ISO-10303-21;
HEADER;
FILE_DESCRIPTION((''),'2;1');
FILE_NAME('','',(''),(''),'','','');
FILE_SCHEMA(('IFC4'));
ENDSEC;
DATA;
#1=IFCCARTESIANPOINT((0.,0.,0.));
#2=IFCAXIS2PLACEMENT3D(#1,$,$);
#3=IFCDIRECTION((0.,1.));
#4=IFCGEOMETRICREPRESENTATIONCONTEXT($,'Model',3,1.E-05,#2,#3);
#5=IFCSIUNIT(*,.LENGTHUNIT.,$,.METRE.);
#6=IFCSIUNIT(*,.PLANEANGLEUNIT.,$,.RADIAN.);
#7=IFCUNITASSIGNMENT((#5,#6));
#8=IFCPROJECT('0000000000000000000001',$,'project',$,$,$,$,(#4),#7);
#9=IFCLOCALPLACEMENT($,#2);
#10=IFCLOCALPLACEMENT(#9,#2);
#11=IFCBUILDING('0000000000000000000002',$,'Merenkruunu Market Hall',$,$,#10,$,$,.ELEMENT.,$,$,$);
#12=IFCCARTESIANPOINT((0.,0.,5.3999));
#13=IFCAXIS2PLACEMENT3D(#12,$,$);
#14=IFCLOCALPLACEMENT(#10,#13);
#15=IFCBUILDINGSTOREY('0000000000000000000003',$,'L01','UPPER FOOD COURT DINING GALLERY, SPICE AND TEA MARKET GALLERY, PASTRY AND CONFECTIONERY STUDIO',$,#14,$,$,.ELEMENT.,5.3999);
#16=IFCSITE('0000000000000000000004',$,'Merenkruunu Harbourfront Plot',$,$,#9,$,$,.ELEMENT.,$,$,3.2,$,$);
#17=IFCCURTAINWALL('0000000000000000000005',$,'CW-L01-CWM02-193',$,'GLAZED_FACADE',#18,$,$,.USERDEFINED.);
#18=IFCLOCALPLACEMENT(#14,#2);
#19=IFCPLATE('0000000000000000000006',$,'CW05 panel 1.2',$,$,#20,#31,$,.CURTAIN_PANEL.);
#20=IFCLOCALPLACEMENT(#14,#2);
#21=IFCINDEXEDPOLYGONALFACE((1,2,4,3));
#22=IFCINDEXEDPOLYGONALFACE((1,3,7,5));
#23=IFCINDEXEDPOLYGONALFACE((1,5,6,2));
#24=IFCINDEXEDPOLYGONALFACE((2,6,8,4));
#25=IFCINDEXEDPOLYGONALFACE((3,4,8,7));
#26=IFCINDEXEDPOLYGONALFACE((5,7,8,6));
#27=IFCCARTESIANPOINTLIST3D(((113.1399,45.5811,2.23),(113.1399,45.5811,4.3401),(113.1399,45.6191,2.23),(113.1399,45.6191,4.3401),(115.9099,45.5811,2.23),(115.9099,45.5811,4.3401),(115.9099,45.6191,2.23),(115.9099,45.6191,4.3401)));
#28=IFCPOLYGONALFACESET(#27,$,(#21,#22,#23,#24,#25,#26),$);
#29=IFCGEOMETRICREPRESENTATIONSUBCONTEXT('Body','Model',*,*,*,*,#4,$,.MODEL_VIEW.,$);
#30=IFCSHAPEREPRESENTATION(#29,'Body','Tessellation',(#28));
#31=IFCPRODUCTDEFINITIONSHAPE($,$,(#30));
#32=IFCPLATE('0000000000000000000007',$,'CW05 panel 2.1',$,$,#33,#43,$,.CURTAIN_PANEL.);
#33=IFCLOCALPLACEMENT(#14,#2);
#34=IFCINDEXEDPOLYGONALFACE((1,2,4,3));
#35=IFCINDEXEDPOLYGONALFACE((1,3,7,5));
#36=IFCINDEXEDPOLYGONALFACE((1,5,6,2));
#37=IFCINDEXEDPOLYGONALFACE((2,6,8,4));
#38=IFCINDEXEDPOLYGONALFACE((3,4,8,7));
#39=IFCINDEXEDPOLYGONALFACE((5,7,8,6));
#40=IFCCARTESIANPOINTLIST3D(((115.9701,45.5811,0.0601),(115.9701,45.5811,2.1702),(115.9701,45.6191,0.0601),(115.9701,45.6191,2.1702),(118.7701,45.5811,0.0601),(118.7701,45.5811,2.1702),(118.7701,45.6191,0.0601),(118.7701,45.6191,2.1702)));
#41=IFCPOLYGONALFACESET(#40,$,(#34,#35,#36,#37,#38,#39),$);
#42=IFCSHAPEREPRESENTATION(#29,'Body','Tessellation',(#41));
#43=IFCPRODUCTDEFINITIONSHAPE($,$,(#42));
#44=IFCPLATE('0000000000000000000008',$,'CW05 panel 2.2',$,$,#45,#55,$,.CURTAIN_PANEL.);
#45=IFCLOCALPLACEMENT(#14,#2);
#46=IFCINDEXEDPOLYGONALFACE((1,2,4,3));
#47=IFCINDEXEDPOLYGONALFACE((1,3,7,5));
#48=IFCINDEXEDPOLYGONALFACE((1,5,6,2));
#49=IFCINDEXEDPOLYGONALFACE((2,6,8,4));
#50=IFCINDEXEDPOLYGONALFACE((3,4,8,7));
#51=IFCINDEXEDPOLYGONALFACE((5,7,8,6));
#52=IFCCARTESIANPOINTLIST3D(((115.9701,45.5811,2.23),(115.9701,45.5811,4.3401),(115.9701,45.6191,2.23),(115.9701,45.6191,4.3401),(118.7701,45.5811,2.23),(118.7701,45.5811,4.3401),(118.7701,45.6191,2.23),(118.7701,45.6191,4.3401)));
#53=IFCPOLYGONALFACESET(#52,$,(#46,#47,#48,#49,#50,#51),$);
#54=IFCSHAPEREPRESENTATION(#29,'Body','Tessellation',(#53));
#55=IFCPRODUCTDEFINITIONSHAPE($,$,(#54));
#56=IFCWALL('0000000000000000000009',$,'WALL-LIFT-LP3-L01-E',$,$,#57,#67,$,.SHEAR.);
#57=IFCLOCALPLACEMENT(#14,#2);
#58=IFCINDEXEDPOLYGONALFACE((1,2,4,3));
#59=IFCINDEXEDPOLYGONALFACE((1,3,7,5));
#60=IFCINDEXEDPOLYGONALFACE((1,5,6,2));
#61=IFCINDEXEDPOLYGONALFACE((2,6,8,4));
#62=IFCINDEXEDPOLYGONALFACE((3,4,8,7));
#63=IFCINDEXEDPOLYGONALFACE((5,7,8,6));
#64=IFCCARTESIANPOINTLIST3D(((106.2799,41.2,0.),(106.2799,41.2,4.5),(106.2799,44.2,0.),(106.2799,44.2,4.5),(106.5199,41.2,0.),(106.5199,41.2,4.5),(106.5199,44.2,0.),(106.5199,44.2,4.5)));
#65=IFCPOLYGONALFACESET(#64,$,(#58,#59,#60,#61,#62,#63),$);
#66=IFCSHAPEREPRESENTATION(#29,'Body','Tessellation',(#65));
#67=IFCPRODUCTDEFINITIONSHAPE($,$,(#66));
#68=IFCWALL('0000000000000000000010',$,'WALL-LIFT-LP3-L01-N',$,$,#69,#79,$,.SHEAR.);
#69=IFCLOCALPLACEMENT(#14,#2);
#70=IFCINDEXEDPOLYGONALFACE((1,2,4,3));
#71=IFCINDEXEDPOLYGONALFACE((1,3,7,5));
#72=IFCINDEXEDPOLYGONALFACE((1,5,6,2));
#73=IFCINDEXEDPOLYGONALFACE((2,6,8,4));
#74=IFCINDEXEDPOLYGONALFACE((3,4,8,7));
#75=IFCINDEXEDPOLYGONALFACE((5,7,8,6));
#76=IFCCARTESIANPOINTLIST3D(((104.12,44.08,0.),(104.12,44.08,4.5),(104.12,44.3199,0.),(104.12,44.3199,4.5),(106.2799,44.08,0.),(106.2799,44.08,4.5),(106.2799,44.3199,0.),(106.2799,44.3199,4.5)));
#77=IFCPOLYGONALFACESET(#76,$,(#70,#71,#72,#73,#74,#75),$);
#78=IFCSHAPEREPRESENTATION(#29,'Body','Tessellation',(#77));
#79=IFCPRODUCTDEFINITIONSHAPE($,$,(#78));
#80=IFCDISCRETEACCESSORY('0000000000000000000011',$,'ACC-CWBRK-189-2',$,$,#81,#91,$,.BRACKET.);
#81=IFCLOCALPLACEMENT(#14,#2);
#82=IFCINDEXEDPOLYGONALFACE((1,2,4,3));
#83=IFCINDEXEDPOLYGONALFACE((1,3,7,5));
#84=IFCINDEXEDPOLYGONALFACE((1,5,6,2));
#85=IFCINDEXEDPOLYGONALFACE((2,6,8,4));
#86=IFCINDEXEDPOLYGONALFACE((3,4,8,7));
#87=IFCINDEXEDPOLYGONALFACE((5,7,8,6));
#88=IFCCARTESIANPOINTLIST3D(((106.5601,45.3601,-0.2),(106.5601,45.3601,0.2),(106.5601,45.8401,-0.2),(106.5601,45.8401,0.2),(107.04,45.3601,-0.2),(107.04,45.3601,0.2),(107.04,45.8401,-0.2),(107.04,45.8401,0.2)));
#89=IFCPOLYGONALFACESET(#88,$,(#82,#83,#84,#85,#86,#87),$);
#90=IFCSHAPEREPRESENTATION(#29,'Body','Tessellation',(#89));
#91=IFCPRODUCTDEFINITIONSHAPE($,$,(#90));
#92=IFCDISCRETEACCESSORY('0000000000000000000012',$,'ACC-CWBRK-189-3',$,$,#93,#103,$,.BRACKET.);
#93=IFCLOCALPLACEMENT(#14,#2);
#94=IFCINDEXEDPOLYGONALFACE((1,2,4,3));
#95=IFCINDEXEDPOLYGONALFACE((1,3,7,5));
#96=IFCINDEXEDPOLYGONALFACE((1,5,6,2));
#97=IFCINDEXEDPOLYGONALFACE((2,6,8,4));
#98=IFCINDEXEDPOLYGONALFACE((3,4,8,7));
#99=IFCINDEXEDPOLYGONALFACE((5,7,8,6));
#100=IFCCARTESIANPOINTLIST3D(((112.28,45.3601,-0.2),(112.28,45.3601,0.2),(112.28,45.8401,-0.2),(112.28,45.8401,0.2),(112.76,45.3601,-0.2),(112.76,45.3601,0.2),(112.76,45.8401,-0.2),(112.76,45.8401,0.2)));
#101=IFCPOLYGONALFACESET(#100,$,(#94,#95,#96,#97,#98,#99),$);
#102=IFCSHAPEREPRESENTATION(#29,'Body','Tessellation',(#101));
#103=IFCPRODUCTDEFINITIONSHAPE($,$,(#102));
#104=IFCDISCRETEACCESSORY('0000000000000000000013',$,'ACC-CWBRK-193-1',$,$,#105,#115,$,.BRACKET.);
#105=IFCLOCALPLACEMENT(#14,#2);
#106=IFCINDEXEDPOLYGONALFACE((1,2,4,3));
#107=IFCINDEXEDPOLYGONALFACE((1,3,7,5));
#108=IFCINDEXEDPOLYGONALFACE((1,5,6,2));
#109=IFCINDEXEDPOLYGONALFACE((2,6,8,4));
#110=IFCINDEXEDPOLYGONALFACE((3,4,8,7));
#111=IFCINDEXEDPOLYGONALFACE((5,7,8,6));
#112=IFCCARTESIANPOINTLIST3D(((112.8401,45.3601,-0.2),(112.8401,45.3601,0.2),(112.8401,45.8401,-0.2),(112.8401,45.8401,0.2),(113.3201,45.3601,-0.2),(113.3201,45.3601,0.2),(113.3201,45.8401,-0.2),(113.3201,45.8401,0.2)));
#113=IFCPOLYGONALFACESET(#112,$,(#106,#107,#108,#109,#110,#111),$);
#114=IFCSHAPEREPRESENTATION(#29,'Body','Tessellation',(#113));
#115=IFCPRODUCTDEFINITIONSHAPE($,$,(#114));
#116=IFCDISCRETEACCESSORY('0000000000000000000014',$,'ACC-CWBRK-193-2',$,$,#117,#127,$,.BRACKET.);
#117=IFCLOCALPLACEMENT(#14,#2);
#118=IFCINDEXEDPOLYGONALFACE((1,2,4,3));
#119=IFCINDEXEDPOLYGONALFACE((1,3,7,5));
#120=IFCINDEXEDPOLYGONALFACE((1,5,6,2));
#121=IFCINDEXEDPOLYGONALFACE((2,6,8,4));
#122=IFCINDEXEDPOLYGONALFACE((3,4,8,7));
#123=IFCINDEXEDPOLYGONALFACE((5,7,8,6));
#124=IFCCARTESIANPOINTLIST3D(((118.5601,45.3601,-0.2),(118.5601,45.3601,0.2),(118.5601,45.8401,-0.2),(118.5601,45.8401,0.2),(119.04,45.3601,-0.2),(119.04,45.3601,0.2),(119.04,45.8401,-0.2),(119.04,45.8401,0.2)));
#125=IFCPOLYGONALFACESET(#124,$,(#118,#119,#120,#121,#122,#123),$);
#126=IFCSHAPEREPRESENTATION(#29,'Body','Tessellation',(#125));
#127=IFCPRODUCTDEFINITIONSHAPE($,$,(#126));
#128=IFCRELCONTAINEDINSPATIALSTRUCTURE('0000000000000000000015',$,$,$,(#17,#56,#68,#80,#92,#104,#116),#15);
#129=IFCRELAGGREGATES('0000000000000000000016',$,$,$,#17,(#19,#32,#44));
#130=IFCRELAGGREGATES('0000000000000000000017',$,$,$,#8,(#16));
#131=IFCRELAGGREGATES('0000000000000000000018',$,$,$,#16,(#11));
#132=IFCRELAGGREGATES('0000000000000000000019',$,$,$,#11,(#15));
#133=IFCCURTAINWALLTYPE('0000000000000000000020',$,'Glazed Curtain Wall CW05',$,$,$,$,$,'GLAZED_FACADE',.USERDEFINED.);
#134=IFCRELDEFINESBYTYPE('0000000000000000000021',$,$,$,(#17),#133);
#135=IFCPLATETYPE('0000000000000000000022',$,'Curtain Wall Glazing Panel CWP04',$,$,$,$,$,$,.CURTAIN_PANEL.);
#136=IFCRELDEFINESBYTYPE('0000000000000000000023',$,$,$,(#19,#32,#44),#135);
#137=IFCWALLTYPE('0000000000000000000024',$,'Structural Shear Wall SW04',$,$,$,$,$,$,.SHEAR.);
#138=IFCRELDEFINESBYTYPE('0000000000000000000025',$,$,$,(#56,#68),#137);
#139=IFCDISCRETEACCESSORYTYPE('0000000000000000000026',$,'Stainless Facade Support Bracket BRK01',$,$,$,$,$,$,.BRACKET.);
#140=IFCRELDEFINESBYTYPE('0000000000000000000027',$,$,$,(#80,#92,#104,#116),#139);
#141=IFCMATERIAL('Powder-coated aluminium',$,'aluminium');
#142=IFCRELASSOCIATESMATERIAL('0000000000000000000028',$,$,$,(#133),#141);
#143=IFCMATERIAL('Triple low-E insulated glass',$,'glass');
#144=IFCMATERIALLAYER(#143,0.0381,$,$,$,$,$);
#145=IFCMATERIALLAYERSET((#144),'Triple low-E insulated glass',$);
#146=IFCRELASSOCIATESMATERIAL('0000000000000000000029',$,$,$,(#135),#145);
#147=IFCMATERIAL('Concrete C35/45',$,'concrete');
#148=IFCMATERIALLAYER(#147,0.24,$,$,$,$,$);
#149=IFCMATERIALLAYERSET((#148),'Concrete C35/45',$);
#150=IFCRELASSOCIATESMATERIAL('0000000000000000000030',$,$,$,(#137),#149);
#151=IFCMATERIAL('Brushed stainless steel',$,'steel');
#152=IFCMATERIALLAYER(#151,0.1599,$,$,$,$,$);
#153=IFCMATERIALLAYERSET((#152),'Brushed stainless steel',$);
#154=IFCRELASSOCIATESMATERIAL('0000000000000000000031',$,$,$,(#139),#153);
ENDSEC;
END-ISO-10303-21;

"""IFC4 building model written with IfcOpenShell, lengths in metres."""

from ifc_helpers import new_model, si_unit, direction, frame, frame_2d, origin, origin_2d, place, context, subcontext, project, spatial, rectangle, extrude, material, layer, layer_set, type_object, element, aggregate, save


model = new_model("IFC4")

# Units and contexts
model_context = context("Model", 3, precision=1e-05, world=origin(), true_north=direction((0.0, 1.0)))
body_context = subcontext(model_context, "Body", "Model", "MODEL_VIEW")
ifc_project = project(units=[si_unit("LENGTHUNIT", "METRE"), si_unit("PLANEANGLEUNIT", "RADIAN")], contexts=[model_context])

# Site, building, storey
site_placement = place(None, origin())
site = spatial("IfcSite", under=ifc_project, at=site_placement, Name="Merenkruunu Harbourfront Plot", CompositionType="ELEMENT", RefElevation=3.2)
building_placement = place(site_placement, origin())
building = spatial("IfcBuilding", under=site, at=building_placement, Name="Merenkruunu Market Hall", CompositionType="ELEMENT")
storey_placement = place(building_placement, frame((0.0, 0.0, 5.3999)))
storey = spatial("IfcBuildingStorey", under=building, at=storey_placement, Name="L01", Description="UPPER FOOD COURT DINING GALLERY, SPICE AND TEA MARKET GALLERY, PASTRY AND CONFECTIONERY STUDIO", CompositionType="ELEMENT", Elevation=5.3999)

# Curtain wall
ifc_material_1 = material(Name="Powder-coated aluminium", Category="aluminium")
curtain_wall_type = type_object("IfcCurtainWallType", Name="Glazed Curtain Wall CW05", ElementType="GLAZED_FACADE", PredefinedType="USERDEFINED", material=ifc_material_1)
curtain_wall_1_placement = place(storey_placement, origin())
curtain_wall_1 = element("IfcCurtainWall", 1, at=curtain_wall_1_placement, inside=storey, type_object=curtain_wall_type, Name="CW-L01-CWM02-193", ObjectType="GLAZED_FACADE", PredefinedType="USERDEFINED")

# Plates
ifc_material_2 = material(Name="Triple low-E insulated glass", Category="glass")
ifc_layer_1 = layer(ifc_material_2, 0.0381)
ifc_layer_set_1 = layer_set([ifc_layer_1], Name="Triple low-E insulated glass")
plate_type = type_object("IfcPlateType", Name="Curtain Wall Glazing Panel CWP04", PredefinedType="CURTAIN_PANEL", material=ifc_layer_set_1)
plate_1_placement = place(storey_placement, frame((114.5249, 45.6001, 2.23), z_axis=(0.0, 0.0, 1.0), x_axis=(1.0, 0.0, 0.0)))
plate_1 = element("IfcPlate", 2, at=plate_1_placement, type_object=plate_type, Name="CW05 panel 1.2", PredefinedType="CURTAIN_PANEL", context=body_context, shape_type="SweptSolid", body=[
    extrude(rectangle(XDim=2.77, YDim=0.0381, at=origin_2d()), origin(), (0.0, 0.0, 1.0), 2.1101),
])
plate_2_placement = place(storey_placement, frame((117.3701, 45.6001, 0.0601), z_axis=(0.0, 0.0, 1.0), x_axis=(1.0, 0.0, 0.0)))
plate_2 = element("IfcPlate", 3, at=plate_2_placement, type_object=plate_type, Name="CW05 panel 2.1", PredefinedType="CURTAIN_PANEL", context=body_context, shape_type="SweptSolid", body=[
    extrude(rectangle(XDim=2.8, YDim=0.0381, at=origin_2d()), origin(), (0.0, 0.0, 1.0), 2.1101),
])
plate_3_placement = place(storey_placement, frame((117.3701, 45.6001, 2.23), z_axis=(0.0, 0.0, 1.0), x_axis=(1.0, 0.0, 0.0)))
plate_3 = element("IfcPlate", 4, at=plate_3_placement, type_object=plate_type, Name="CW05 panel 2.2", PredefinedType="CURTAIN_PANEL", context=body_context, shape_type="SweptSolid", body=[
    extrude(rectangle(XDim=2.8, YDim=0.0381, at=origin_2d()), origin(), (0.0, 0.0, 1.0), 2.1101),
])
aggregate(curtain_wall_1, [plate_1, plate_2, plate_3])

# Walls
ifc_material_3 = material(Name="Concrete C35/45", Category="concrete")
ifc_layer_2 = layer(ifc_material_3, 0.24)
ifc_layer_set_2 = layer_set([ifc_layer_2], Name="Concrete C35/45")
wall_type = type_object("IfcWallType", Name="Structural Shear Wall SW04", PredefinedType="SHEAR", material=ifc_layer_set_2)
wall_1_placement = place(storey_placement, frame((106.3999, 41.2, 0.0), z_axis=(0.0, 0.0, 1.0), x_axis=(0.0, 1.0, 0.0)))
element("IfcWall", 5, at=wall_1_placement, inside=storey, type_object=wall_type, Name="WALL-LIFT-LP3-L01-E", PredefinedType="SHEAR", context=body_context, shape_type="SweptSolid", body=[
    extrude(rectangle(XDim=3.0, YDim=0.24, at=frame_2d((1.5, 0.0))), origin(), (0.0, 0.0, 1.0), 4.5),
])
wall_2_placement = place(storey_placement, frame((106.28, 44.2, 0.0), z_axis=(0.0, 0.0, 1.0), x_axis=(-1.0, 0.0, 0.0)))
element("IfcWall", 6, at=wall_2_placement, inside=storey, type_object=wall_type, Name="WALL-LIFT-LP3-L01-N", PredefinedType="SHEAR", context=body_context, shape_type="SweptSolid", body=[
    extrude(rectangle(XDim=2.1599, YDim=0.24, at=frame_2d((1.0801, 0.0))), origin(), (0.0, 0.0, 1.0), 4.5),
])

# Discrete accessories
ifc_material_4 = material(Name="Brushed stainless steel", Category="steel")
ifc_layer_3 = layer(ifc_material_4, 0.1599)
ifc_layer_set_3 = layer_set([ifc_layer_3], Name="Brushed stainless steel")
discrete_accessory_type = type_object("IfcDiscreteAccessoryType", Name="Stainless Facade Support Bracket BRK01", PredefinedType="BRACKET", material=ifc_layer_set_3)
for number, where, z_axis, x_axis, name in (
    (7, (106.8, 45.6001, -0.2), (0.0, 0.0, 1.0), (1.0, 0.0, 0.0), "ACC-CWBRK-189-2"),
    (8, (112.52, 45.6001, -0.2), (0.0, 0.0, 1.0), (1.0, 0.0, 0.0), "ACC-CWBRK-189-3"),
    (9, (113.0801, 45.6001, -0.2), (0.0, 0.0, 1.0), (1.0, 0.0, 0.0), "ACC-CWBRK-193-1"),
    (10, (118.8, 45.6001, -0.2), (0.0, 0.0, 1.0), (1.0, 0.0, 0.0), "ACC-CWBRK-193-2"),
):
    element("IfcDiscreteAccessory", number, at=place(storey_placement, frame(where, z_axis=z_axis, x_axis=x_axis)), inside=storey, type_object=discrete_accessory_type, Name=name, PredefinedType="BRACKET", context=body_context, shape_type="SweptSolid", body=[
        extrude(rectangle(XDim=0.48, YDim=0.48, at=origin_2d()), origin(), (0.0, 0.0, 1.0), 0.3999),
    ])

save(model, "model.ifc")
